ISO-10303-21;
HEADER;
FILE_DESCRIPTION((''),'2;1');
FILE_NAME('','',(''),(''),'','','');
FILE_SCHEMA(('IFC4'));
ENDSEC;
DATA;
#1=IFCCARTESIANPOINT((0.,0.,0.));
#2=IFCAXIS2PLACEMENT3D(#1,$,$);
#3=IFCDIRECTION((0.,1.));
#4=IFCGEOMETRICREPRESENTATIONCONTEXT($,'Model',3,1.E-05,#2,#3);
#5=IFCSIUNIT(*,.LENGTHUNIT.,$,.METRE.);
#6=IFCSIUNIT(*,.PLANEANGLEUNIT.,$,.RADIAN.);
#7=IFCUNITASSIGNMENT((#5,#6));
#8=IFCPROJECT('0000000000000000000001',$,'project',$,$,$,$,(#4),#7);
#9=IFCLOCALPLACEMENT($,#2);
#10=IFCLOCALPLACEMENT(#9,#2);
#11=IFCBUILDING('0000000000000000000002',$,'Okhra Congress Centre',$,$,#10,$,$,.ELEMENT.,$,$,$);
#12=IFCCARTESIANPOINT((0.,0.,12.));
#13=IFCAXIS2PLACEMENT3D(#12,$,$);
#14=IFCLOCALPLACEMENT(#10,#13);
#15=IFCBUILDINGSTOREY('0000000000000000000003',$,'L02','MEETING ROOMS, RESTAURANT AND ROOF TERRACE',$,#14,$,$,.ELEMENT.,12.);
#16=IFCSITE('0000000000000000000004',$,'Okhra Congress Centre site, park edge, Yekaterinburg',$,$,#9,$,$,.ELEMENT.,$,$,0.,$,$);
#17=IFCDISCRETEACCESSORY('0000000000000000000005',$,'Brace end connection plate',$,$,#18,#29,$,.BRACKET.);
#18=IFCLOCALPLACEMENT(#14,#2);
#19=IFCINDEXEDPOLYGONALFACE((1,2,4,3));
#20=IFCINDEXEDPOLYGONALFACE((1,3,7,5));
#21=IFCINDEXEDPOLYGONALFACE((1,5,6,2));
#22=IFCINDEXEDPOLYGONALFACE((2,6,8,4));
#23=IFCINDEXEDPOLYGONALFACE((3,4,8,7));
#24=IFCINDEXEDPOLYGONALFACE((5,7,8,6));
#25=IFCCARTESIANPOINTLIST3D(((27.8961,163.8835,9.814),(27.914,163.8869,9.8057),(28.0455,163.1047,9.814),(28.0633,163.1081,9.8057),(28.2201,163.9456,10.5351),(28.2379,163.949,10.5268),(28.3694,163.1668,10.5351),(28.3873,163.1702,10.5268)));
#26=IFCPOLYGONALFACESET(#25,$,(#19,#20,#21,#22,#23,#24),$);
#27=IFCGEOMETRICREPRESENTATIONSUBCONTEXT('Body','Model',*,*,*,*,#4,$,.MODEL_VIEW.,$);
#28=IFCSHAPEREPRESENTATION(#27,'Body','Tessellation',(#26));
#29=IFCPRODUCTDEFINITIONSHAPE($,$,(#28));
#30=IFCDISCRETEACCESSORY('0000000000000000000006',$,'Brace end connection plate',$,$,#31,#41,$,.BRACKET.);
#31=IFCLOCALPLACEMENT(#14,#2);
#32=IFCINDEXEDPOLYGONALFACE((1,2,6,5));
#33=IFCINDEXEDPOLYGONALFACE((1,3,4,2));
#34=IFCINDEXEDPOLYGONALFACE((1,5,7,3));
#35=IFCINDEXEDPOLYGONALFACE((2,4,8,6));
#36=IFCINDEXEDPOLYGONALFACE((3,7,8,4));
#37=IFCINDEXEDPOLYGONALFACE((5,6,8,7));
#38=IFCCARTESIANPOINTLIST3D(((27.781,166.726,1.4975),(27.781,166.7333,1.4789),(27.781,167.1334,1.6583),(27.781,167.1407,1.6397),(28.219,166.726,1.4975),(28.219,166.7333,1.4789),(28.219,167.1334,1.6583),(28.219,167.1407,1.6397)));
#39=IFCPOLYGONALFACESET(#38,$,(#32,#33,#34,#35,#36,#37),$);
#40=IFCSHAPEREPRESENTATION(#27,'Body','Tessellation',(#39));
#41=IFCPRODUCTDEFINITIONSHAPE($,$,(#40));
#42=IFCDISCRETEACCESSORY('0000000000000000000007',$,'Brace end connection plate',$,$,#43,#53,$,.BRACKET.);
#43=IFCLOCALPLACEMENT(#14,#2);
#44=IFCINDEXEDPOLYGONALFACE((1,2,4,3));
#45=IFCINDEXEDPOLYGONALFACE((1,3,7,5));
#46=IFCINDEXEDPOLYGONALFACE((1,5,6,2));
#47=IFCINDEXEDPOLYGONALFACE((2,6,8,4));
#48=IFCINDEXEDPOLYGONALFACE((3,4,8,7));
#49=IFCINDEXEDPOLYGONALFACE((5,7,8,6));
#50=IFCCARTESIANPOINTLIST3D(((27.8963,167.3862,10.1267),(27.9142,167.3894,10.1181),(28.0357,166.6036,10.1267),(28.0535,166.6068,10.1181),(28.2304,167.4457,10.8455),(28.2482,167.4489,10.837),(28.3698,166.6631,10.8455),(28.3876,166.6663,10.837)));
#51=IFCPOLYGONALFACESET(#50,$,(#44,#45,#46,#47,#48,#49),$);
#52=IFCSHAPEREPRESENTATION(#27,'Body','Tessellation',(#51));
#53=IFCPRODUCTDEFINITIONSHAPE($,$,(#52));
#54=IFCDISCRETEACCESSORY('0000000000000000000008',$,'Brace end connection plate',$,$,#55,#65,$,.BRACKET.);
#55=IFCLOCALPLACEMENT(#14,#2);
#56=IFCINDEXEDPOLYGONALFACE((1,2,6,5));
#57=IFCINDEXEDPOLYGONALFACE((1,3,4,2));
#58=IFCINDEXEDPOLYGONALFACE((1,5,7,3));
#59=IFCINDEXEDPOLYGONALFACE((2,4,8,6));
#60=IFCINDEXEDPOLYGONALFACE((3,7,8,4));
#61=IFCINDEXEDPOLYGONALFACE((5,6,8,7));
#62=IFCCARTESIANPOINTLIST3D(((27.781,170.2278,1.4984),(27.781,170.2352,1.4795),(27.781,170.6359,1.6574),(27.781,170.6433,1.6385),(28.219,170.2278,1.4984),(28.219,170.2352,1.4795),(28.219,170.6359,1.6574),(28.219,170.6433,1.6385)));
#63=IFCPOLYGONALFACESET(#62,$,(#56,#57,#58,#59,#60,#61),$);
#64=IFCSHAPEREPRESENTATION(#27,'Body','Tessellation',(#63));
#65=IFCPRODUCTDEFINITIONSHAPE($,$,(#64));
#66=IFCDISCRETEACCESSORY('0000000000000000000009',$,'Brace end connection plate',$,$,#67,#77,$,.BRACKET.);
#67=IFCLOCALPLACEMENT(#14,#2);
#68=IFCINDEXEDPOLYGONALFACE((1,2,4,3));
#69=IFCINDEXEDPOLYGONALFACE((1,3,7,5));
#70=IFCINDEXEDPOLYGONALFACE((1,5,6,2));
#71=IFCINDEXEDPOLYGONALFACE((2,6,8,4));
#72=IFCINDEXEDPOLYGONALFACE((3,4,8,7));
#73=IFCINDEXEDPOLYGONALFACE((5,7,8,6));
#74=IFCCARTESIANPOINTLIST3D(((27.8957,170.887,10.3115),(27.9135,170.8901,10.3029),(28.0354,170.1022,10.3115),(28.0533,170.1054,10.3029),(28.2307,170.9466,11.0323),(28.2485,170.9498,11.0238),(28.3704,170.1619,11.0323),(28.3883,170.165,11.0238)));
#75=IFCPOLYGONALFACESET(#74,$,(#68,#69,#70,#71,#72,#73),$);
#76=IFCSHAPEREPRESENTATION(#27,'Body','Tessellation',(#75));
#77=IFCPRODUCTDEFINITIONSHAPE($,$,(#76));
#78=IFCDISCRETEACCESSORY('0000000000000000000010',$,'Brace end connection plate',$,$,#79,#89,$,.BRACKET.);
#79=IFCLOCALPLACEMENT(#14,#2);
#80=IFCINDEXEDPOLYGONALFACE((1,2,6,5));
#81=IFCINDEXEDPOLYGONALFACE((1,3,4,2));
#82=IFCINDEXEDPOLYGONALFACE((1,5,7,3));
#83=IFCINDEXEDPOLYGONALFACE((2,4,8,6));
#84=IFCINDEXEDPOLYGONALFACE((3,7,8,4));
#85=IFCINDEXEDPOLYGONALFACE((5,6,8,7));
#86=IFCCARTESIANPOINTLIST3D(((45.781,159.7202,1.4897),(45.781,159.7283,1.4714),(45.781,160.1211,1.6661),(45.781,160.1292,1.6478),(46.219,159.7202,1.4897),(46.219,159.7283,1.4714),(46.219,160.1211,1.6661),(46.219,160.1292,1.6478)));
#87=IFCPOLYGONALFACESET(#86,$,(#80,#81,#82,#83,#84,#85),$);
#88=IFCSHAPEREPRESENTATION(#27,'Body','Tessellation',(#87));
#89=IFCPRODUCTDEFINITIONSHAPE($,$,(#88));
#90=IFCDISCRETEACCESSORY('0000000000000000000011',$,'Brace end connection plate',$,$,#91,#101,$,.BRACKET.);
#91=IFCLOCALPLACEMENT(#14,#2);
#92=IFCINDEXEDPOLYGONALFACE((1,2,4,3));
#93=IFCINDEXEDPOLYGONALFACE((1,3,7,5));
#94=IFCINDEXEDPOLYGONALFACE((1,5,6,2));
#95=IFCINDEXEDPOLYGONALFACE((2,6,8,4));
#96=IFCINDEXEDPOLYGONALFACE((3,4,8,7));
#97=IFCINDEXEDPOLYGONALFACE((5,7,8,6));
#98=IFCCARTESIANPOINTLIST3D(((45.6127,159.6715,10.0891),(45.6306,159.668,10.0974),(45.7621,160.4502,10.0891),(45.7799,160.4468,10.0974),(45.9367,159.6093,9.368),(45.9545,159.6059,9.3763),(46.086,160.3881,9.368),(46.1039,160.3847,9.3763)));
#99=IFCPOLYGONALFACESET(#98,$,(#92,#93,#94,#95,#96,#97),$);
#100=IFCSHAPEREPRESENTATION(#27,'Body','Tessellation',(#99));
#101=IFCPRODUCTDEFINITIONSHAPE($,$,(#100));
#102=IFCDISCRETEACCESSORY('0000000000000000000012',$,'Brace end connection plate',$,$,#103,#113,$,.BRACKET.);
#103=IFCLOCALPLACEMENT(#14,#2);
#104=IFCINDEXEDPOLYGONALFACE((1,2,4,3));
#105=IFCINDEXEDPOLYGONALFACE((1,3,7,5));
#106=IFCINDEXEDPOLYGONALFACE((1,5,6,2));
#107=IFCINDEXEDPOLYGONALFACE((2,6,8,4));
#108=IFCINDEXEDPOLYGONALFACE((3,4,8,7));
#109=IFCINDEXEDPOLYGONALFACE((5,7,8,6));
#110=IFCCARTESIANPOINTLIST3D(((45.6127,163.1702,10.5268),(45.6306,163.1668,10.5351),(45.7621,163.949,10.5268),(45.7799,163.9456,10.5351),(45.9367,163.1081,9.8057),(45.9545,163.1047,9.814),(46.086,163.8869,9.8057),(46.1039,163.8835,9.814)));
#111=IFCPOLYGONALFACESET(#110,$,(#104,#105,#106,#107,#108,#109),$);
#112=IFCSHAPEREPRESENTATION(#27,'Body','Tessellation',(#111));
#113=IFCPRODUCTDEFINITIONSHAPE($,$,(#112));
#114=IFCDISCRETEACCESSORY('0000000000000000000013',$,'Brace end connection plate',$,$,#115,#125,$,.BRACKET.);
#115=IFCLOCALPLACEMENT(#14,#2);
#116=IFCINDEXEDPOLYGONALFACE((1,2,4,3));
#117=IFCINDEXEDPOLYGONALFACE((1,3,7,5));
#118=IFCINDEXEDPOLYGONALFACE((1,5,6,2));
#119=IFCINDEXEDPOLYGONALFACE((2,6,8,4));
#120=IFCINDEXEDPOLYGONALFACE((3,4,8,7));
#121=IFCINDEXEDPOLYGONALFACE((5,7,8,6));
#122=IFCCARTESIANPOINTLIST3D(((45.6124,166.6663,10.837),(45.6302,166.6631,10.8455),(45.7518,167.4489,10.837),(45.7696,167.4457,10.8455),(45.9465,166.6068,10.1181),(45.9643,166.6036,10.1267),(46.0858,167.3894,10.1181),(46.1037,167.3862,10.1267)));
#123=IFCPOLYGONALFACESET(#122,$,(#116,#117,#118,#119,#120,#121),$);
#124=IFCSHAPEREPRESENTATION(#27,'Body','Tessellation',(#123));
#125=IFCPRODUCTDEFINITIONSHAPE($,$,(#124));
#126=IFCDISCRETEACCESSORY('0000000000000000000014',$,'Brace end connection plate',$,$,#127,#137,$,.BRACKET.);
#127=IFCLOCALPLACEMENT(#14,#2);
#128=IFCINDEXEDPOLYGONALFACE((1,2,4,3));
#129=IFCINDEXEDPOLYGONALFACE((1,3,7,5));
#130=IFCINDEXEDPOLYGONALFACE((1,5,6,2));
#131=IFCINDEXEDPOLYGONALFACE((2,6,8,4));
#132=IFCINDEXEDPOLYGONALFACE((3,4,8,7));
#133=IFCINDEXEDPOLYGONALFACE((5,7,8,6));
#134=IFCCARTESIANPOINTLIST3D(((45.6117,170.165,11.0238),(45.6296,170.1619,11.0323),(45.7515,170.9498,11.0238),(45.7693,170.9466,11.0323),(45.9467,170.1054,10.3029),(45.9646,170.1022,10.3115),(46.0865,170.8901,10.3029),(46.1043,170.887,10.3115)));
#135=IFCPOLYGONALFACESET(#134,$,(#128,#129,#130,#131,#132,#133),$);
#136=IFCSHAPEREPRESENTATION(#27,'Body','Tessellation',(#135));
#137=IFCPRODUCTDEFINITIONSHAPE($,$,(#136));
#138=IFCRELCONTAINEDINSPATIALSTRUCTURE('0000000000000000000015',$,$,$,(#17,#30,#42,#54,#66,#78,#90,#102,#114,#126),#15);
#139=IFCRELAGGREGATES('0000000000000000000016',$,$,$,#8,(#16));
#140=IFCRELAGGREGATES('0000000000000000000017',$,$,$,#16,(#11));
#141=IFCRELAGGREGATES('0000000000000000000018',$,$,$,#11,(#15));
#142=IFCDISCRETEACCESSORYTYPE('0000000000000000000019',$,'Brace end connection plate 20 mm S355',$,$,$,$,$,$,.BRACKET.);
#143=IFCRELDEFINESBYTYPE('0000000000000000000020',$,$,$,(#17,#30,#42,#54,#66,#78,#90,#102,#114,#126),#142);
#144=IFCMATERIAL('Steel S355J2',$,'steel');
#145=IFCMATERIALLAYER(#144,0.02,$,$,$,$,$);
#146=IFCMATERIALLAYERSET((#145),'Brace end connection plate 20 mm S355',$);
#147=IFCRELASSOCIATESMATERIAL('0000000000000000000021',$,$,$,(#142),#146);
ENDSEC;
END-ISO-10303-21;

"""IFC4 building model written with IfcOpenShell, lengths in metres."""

from ifc_helpers import new_model, si_unit, direction, frame, origin, origin_2d, place, context, subcontext, project, spatial, rectangle, extrude, material, layer, layer_set, type_object, element, save


model = new_model("IFC4")

# Units and contexts
model_context = context("Model", 3, precision=1e-05, world=origin(), true_north=direction((0.0, 1.0)))
body_context = subcontext(model_context, "Body", "Model", "MODEL_VIEW")
ifc_project = project(units=[si_unit("LENGTHUNIT", "METRE"), si_unit("PLANEANGLEUNIT", "RADIAN")], contexts=[model_context])

# Site, building, storey
site_placement = place(None, origin())
site = spatial("IfcSite", under=ifc_project, at=site_placement, Name="Okhra Congress Centre site, park edge, Yekaterinburg", CompositionType="ELEMENT", RefElevation=0.0)
building_placement = place(site_placement, origin())
building = spatial("IfcBuilding", under=site, at=building_placement, Name="Okhra Congress Centre", CompositionType="ELEMENT")
storey_placement = place(building_placement, frame((0.0, 0.0, 12.0)))
storey = spatial("IfcBuildingStorey", under=building, at=storey_placement, Name="L02", Description="MEETING ROOMS, RESTAURANT AND ROOF TERRACE", CompositionType="ELEMENT", Elevation=12.0)

# Shared definitions
ifc_material_1 = material(Name="Steel S355J2", Category="steel")

# Discrete accessories
ifc_layer = layer(ifc_material_1, 0.02)
ifc_layer_set = layer_set([ifc_layer], Name="Brace end connection plate 20 mm S355")
discrete_accessory_type = type_object("IfcDiscreteAccessoryType", Name="Brace end connection plate 20 mm S355", PredefinedType="BRACKET", material=ifc_layer_set)
discrete_accessory_1_placement = place(storey_placement, frame((28.1506, 163.5286, 10.1663), z_axis=(-0.893104, -0.17128, 0.415966), x_axis=(0.188348, -0.982102, 0.0)))
element("IfcDiscreteAccessory", 1, at=discrete_accessory_1_placement, inside=storey, type_object=discrete_accessory_type, Name="Brace end connection plate", PredefinedType="BRACKET", context=body_context, shape_type="SweptSolid", body=[
    extrude(rectangle(XDim=0.793, YDim=0.793, at=origin_2d()), origin(), (0.0, 0.0, 1.0), 0.02),
])
discrete_accessory_2_placement = place(storey_placement, frame((28.0, 166.9297, 1.5779), z_axis=(0.0, 0.367167, -0.930155), x_axis=(-1.0, 0.0, 0.0)))
element("IfcDiscreteAccessory", 2, at=discrete_accessory_2_placement, inside=storey, type_object=discrete_accessory_type, Name="Brace end connection plate", PredefinedType="BRACKET", context=body_context, shape_type="SweptSolid", body=[
    extrude(rectangle(XDim=0.438, YDim=0.438, at=origin_2d()), origin(), (0.0, 0.0, 1.0), 0.02),
])
discrete_accessory_3_placement = place(storey_placement, frame((28.1509, 167.0278, 10.4775), z_axis=(-0.89031, -0.158548, 0.426861), x_axis=(0.175324, -0.984511, 0.0)))
element("IfcDiscreteAccessory", 3, at=discrete_accessory_3_placement, inside=storey, type_object=discrete_accessory_type, Name="Brace end connection plate", PredefinedType="BRACKET", context=body_context, shape_type="SweptSolid", body=[
    extrude(rectangle(XDim=0.7949, YDim=0.7949, at=origin_2d()), origin(), (0.0, 0.0, 1.0), 0.02),
])
discrete_accessory_4_placement = place(storey_placement, frame((28.0, 170.4319, 1.5779), z_axis=(0.0, 0.36303, -0.931777), x_axis=(-1.0, 0.0, 0.0)))
element("IfcDiscreteAccessory", 4, at=discrete_accessory_4_placement, inside=storey, type_object=discrete_accessory_type, Name="Brace end connection plate", PredefinedType="BRACKET", context=body_context, shape_type="SweptSolid", body=[
    extrude(rectangle(XDim=0.438, YDim=0.438, at=origin_2d()), origin(), (0.0, 0.0, 1.0), 0.0203),
])
discrete_accessory_5_placement = place(storey_placement, frame((28.1509, 170.5276, 10.6633), z_axis=(-0.89031, -0.158548, 0.426861), x_axis=(0.175324, -0.984511, 0.0)))
element("IfcDiscreteAccessory", 5, at=discrete_accessory_5_placement, inside=storey, type_object=discrete_accessory_type, Name="Brace end connection plate", PredefinedType="BRACKET", context=body_context, shape_type="SweptSolid", body=[
    extrude(rectangle(XDim=0.7971, YDim=0.7971, at=origin_2d()), origin(), (0.0, 0.0, 1.0), 0.02),
])
discrete_accessory_6_placement = place(storey_placement, frame((46.0, 159.9207, 1.5779), z_axis=(0.0, 0.402739, -0.915315), x_axis=(-1.0, 0.0, 0.0)))
element("IfcDiscreteAccessory", 6, at=discrete_accessory_6_placement, inside=storey, type_object=discrete_accessory_type, Name="Brace end connection plate", PredefinedType="BRACKET", context=body_context, shape_type="SweptSolid", body=[
    extrude(rectangle(XDim=0.438, YDim=0.438, at=origin_2d()), origin(), (0.0, 0.0, 1.0), 0.02),
])
for number, where, z_axis, x_axis, name in (
    (7, (45.8494, 160.0298, 9.7285), (0.893104, -0.17128, 0.415966), (0.188348, 0.982102, 0.0), "Brace end connection plate"),
    (8, (45.8494, 163.5286, 10.1663), (0.893104, -0.17128, 0.415966), (0.188348, 0.982102, 0.0), "Brace end connection plate"),
):
    element("IfcDiscreteAccessory", number, at=place(storey_placement, frame(where, z_axis=z_axis, x_axis=x_axis)), inside=storey, type_object=discrete_accessory_type, Name=name, PredefinedType="BRACKET", context=body_context, shape_type="SweptSolid", body=[
        extrude(rectangle(XDim=0.793, YDim=0.793, at=origin_2d()), origin(), (0.0, 0.0, 1.0), 0.02),
    ])
discrete_accessory_7_placement = place(storey_placement, frame((45.8491, 167.0278, 10.4775), z_axis=(0.89031, -0.158548, 0.426861), x_axis=(0.175324, 0.984511, 0.0)))
element("IfcDiscreteAccessory", 9, at=discrete_accessory_7_placement, inside=storey, type_object=discrete_accessory_type, Name="Brace end connection plate", PredefinedType="BRACKET", context=body_context, shape_type="SweptSolid", body=[
    extrude(rectangle(XDim=0.7949, YDim=0.7949, at=origin_2d()), origin(), (0.0, 0.0, 1.0), 0.02),
])
discrete_accessory_8_placement = place(storey_placement, frame((45.8491, 170.5276, 10.6633), z_axis=(0.89031, -0.158548, 0.426861), x_axis=(0.175324, 0.984511, 0.0)))
element("IfcDiscreteAccessory", 10, at=discrete_accessory_8_placement, inside=storey, type_object=discrete_accessory_type, Name="Brace end connection plate", PredefinedType="BRACKET", context=body_context, shape_type="SweptSolid", body=[
    extrude(rectangle(XDim=0.7971, YDim=0.7971, at=origin_2d()), origin(), (0.0, 0.0, 1.0), 0.02),
])

save(model, "model.ifc")
